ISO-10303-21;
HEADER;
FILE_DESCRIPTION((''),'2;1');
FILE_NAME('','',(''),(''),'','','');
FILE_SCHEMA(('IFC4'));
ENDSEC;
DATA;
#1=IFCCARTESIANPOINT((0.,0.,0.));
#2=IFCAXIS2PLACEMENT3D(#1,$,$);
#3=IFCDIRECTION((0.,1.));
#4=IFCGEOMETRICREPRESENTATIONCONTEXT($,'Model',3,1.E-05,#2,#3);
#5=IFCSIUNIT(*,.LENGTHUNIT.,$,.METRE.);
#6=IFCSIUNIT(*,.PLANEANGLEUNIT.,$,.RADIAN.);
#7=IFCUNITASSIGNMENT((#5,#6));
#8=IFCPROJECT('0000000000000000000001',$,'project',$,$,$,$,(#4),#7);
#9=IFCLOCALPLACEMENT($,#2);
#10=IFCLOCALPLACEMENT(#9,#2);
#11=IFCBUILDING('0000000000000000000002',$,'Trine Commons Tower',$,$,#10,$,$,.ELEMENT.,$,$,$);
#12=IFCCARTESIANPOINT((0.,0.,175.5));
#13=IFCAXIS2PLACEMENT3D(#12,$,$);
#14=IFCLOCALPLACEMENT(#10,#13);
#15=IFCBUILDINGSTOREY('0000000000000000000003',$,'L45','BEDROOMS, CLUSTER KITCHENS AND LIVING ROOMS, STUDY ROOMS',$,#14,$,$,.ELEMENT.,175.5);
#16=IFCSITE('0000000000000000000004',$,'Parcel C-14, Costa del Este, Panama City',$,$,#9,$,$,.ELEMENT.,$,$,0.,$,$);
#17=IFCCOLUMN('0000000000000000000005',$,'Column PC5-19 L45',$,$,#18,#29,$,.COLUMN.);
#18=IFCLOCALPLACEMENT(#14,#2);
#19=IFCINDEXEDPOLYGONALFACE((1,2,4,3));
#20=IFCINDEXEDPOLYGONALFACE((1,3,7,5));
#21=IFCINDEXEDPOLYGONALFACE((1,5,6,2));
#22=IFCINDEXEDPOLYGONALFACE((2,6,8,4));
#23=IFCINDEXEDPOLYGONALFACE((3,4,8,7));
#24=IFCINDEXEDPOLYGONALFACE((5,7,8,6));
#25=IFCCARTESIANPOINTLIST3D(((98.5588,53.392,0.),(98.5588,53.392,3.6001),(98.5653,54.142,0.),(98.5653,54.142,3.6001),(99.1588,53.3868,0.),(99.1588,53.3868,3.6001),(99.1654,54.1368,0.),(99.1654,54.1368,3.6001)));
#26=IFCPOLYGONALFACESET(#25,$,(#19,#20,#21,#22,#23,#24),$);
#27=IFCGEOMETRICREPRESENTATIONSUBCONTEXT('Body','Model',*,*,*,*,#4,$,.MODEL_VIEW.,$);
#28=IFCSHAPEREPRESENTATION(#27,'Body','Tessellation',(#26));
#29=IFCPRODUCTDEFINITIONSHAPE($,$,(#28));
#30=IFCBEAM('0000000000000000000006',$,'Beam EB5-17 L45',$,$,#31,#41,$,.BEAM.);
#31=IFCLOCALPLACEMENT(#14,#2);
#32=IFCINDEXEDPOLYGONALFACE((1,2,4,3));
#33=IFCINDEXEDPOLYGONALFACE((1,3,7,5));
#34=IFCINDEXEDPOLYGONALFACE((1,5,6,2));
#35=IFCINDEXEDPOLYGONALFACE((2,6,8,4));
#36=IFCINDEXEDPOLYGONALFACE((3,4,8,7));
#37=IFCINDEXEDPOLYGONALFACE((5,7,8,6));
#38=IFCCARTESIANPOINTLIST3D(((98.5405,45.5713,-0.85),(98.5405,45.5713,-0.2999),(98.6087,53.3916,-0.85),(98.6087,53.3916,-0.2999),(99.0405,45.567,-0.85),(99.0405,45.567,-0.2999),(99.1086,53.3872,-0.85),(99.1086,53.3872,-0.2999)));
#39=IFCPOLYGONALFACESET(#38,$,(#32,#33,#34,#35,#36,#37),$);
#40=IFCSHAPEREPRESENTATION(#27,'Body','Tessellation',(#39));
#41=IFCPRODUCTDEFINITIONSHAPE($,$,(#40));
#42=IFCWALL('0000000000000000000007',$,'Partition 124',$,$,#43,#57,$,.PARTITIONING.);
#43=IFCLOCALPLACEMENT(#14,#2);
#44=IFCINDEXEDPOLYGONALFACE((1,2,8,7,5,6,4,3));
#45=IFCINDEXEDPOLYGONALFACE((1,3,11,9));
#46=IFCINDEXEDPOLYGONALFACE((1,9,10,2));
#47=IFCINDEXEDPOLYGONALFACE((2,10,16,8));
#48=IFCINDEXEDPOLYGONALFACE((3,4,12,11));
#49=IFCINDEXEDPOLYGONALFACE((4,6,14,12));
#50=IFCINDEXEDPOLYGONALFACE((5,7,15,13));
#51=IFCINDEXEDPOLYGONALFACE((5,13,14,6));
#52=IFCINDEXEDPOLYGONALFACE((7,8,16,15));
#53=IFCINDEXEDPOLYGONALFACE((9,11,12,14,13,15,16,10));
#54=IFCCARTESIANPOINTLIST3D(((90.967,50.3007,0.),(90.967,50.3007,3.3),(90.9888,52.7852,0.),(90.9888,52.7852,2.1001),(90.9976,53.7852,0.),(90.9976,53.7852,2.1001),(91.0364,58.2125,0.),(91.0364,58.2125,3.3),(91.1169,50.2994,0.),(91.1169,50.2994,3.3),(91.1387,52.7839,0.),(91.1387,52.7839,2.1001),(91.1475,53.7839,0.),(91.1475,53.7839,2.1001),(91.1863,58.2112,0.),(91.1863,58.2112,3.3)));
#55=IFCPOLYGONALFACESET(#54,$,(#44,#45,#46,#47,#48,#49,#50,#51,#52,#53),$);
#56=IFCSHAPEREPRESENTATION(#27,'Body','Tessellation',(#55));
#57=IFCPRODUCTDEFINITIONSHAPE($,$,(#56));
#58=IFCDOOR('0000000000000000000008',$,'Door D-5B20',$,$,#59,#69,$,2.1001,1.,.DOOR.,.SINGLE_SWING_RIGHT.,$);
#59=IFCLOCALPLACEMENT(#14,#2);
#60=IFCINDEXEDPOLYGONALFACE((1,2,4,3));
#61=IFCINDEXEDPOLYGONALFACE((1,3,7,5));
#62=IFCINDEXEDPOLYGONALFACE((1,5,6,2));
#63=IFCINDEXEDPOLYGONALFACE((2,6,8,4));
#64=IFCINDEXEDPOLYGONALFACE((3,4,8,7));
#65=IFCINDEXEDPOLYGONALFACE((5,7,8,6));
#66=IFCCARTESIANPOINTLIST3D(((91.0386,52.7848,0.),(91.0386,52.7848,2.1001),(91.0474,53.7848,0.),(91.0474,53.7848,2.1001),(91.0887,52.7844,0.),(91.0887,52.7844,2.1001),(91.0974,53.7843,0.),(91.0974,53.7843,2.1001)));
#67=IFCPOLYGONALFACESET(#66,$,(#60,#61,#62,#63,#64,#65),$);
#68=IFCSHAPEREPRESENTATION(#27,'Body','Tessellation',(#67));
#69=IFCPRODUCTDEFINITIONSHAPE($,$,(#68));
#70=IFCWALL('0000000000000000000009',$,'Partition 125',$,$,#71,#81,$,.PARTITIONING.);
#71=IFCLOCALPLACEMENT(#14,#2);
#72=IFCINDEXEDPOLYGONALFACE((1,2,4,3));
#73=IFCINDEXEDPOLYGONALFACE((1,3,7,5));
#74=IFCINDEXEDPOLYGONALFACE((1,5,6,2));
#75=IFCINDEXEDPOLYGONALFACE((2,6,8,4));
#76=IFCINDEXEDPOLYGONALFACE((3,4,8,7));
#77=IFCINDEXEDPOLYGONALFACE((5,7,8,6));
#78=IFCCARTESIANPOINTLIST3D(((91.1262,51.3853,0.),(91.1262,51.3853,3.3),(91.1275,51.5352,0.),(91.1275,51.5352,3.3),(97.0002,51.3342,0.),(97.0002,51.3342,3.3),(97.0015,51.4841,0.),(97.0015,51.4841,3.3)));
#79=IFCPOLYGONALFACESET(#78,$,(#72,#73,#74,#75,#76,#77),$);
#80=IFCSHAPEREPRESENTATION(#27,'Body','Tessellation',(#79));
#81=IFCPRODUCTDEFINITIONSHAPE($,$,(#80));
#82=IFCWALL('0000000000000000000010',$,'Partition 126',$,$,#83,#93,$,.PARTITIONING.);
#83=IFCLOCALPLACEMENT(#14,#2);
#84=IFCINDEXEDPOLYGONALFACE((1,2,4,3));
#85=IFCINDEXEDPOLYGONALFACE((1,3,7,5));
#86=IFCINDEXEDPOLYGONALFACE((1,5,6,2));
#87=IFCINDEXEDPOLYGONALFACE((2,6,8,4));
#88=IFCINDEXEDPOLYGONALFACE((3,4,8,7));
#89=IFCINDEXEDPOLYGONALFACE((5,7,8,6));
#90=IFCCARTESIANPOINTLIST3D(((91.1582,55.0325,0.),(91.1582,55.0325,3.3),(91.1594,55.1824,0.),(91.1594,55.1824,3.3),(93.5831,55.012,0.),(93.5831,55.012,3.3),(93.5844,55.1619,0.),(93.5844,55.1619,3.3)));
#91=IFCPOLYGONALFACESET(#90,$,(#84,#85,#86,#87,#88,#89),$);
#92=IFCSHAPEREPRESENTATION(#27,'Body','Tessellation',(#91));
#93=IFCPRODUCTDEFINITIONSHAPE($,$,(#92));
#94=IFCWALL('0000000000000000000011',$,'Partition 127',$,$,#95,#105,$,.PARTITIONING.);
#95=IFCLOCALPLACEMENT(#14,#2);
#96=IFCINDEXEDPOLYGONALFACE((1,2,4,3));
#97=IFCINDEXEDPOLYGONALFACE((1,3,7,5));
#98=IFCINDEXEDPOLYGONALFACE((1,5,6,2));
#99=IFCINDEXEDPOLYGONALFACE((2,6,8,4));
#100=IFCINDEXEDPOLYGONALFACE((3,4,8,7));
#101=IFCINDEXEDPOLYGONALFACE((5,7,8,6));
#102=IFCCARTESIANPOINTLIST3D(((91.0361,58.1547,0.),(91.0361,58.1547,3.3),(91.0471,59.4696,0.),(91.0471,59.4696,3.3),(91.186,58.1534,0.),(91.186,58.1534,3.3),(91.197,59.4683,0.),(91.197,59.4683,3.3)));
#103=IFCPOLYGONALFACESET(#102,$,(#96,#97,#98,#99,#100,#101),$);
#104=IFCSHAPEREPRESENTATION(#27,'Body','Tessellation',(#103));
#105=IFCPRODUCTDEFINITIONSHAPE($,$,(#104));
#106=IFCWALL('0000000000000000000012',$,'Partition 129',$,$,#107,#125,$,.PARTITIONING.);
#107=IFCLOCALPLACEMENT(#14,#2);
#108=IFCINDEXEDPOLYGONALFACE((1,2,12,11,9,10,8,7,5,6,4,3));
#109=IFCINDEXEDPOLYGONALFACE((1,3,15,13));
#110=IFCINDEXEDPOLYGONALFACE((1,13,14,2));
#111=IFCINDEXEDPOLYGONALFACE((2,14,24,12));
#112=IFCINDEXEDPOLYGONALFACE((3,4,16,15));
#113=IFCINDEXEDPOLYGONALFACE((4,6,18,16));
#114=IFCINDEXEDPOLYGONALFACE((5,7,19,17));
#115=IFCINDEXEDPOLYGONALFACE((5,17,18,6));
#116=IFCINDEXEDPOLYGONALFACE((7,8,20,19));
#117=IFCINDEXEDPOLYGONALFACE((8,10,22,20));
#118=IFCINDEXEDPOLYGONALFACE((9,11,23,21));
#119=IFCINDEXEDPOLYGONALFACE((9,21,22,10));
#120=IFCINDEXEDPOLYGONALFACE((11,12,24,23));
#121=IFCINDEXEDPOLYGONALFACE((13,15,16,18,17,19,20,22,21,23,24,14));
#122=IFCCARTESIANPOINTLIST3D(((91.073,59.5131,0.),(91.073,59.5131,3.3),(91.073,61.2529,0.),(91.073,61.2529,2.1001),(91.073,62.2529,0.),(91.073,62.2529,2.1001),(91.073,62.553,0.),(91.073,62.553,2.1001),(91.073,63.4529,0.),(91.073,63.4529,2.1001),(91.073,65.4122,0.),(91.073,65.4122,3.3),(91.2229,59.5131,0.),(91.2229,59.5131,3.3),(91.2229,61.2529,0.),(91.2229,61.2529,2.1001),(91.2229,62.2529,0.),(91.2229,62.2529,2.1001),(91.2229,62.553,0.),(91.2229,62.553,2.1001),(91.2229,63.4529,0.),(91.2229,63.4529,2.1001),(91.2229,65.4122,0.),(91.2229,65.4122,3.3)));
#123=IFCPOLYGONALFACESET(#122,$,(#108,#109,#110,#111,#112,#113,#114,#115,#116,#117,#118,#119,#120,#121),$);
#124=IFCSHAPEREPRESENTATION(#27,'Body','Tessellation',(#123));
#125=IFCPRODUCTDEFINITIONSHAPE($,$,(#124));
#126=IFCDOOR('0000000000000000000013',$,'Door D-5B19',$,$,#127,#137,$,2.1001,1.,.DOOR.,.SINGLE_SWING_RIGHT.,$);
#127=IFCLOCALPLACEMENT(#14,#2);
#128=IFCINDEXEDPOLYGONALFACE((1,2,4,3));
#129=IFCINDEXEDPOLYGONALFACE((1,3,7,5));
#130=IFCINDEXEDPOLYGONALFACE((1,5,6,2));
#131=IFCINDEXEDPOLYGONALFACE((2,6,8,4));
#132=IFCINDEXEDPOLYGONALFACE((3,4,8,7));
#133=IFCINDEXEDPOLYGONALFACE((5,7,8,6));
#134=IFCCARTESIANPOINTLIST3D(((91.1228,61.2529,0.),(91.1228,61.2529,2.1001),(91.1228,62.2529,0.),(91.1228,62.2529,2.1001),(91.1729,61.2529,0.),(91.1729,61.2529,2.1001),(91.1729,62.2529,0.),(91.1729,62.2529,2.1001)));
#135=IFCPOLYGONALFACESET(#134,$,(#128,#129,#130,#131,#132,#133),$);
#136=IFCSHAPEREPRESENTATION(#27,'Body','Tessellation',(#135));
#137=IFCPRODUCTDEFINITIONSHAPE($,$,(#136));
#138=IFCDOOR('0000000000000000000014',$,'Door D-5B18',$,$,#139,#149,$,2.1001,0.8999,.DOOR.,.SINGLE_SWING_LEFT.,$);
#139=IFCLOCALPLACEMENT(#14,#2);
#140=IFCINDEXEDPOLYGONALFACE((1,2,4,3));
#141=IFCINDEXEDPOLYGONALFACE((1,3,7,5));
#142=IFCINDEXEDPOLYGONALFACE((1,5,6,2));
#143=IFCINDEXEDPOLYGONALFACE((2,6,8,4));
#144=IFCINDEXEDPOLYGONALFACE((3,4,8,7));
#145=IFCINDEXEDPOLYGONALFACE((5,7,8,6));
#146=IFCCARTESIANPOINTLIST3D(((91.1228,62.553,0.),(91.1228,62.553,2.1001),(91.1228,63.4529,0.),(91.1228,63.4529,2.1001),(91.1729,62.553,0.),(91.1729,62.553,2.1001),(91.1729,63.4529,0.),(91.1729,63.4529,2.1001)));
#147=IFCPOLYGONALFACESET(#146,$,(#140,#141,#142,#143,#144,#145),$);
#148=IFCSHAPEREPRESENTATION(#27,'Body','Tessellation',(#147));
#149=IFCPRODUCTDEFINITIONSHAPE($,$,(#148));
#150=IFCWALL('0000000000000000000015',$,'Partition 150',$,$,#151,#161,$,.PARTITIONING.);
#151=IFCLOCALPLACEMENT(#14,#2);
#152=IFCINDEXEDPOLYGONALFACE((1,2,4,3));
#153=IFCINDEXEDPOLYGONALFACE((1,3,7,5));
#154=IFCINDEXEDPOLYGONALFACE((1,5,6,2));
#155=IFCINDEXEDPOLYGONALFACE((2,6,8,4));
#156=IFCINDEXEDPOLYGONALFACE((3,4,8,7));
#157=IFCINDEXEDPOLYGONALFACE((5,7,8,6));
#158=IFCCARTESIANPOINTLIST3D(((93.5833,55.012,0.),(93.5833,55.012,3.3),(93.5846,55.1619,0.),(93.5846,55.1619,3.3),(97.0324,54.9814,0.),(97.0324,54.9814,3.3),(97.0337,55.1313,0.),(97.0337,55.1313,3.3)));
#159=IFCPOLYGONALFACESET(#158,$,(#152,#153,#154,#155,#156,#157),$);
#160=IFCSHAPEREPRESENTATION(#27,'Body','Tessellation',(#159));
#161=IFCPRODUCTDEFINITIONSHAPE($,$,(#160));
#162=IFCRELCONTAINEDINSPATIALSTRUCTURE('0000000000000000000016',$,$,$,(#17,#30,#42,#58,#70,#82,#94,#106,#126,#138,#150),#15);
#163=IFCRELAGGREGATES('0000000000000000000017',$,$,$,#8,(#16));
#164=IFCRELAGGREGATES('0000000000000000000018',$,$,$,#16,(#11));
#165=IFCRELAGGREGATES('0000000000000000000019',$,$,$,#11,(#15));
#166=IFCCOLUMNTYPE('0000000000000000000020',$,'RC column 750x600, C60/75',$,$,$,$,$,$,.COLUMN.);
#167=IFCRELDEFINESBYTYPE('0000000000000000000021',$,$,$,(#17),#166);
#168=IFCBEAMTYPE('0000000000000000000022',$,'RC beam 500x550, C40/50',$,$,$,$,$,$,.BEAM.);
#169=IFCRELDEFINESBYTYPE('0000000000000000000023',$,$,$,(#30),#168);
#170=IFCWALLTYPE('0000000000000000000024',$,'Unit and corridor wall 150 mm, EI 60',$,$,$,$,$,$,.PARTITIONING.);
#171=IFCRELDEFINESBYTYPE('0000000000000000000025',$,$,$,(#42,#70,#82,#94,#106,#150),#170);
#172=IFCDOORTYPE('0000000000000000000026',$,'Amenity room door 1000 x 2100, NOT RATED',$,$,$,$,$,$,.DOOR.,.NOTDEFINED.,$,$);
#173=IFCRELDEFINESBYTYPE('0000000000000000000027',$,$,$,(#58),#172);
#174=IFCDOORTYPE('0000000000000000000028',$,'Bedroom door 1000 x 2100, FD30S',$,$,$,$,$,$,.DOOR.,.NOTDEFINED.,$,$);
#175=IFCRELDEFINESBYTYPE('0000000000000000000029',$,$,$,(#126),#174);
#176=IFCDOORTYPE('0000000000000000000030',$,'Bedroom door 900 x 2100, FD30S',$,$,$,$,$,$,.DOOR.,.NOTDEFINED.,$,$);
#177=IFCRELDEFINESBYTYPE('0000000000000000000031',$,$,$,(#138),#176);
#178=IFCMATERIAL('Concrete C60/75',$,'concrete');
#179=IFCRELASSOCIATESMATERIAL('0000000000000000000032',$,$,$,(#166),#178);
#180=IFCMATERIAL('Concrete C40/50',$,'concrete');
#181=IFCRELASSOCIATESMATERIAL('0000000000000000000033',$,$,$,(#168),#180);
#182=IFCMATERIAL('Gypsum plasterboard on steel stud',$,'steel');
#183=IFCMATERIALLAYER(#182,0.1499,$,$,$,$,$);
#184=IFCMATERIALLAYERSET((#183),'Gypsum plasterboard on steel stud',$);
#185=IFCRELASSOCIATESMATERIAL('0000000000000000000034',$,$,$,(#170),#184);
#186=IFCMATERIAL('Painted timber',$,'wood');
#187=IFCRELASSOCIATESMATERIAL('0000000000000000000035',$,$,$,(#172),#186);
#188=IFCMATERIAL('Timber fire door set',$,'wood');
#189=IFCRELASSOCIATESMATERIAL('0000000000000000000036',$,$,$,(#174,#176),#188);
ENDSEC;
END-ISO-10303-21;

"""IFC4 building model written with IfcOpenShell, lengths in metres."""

from ifc_helpers import new_model, si_unit, direction, frame, frame_2d, origin, origin_2d, place, context, subcontext, project, spatial, rectangle, extrude, material, layer, layer_set, material_profile, profile_set, type_object, element, fill, save


model = new_model("IFC4")

# Units and contexts
model_context = context("Model", 3, precision=1e-05, world=origin(), true_north=direction((0.0, 1.0)))
body_context = subcontext(model_context, "Body", "Model", "MODEL_VIEW")
ifc_project = project(units=[si_unit("LENGTHUNIT", "METRE"), si_unit("PLANEANGLEUNIT", "RADIAN")], contexts=[model_context])

# Site, building, storey
site_placement = place(None, origin())
site = spatial("IfcSite", under=ifc_project, at=site_placement, Name="Parcel C-14, Costa del Este, Panama City", CompositionType="ELEMENT", RefElevation=0.0)
building_placement = place(site_placement, origin())
building = spatial("IfcBuilding", under=site, at=building_placement, Name="Trine Commons Tower", CompositionType="ELEMENT")
storey_placement = place(building_placement, frame((0.0, 0.0, 175.5)))
storey = spatial("IfcBuildingStorey", under=building, at=storey_placement, Name="L45", Description="BEDROOMS, CLUSTER KITCHENS AND LIVING ROOMS, STUDY ROOMS", CompositionType="ELEMENT", Elevation=175.5)

# Column
ifc_material_1 = material(Name="Concrete C60/75", Category="concrete")
ifc_material_profile_1 = material_profile(ifc_material_1, rectangle(XDim=0.75, YDim=0.6001, at=origin_2d()), Name="RC 750x600")
ifc_profile_set_1 = profile_set([ifc_material_profile_1], Name="Concrete C60/75")
column_type = type_object("IfcColumnType", Name="RC column 750x600, C60/75", PredefinedType="COLUMN", material=ifc_profile_set_1)
column_placement = place(storey_placement, frame((98.8621, 53.7644, 0.0), z_axis=(0.0, 0.0, 1.0), x_axis=(0.008727, 0.999962, 0.0)))
element("IfcColumn", 1, at=column_placement, inside=storey, type_object=column_type, Name="Column PC5-19 L45", PredefinedType="COLUMN", context=body_context, shape_type="SweptSolid", body=[
    extrude(rectangle(XDim=0.75, YDim=0.6001, at=origin_2d()), origin(), (0.0, 0.0, 1.0), 3.6001),
])

# Beam
ifc_material_2 = material(Name="Concrete C40/50", Category="concrete")
ifc_material_profile_2 = material_profile(ifc_material_2, rectangle(XDim=0.5, YDim=0.55, at=origin_2d()), Name="RC 500x550")
ifc_profile_set_2 = profile_set([ifc_material_profile_2], Name="Concrete C40/50")
beam_type = type_object("IfcBeamType", Name="RC beam 500x550, C40/50", PredefinedType="BEAM", material=ifc_profile_set_2)
beam_placement = place(storey_placement, frame((98.8586, 53.3894, -0.575), z_axis=(-0.00871, -0.999962, 0.0), x_axis=(0.999962, -0.00871, 0.0)))
element("IfcBeam", 2, at=beam_placement, inside=storey, type_object=beam_type, Name="Beam EB5-17 L45", PredefinedType="BEAM", context=body_context, shape_type="SweptSolid", body=[
    extrude(rectangle(XDim=0.5, YDim=0.55, at=origin_2d()), origin(), (0.0, 0.0, 1.0), 7.8206),
])

# Wall, opening, door
ifc_material_3 = material(Name="Gypsum plasterboard on steel stud", Category="steel")
ifc_layer_1 = layer(ifc_material_3, 0.1499)
ifc_layer_set_1 = layer_set([ifc_layer_1], Name="Gypsum plasterboard on steel stud")
wall_type_1 = type_object("IfcWallType", Name="Unit and corridor wall 150 mm, EI 60", PredefinedType="PARTITIONING", material=ifc_layer_set_1)
wall_1_placement = place(storey_placement, frame((91.042, 50.3, 0.0), z_axis=(0.0, 0.0, 1.0), x_axis=(0.008763, 0.999962, 0.0)))
wall_1 = element("IfcWall", 3, at=wall_1_placement, inside=storey, type_object=wall_type_1, Name="Partition 124", PredefinedType="PARTITIONING", context=body_context, shape_type="SweptSolid", body=[
    extrude(rectangle(XDim=7.9121, YDim=0.1499, at=frame_2d((3.9561, 0.0))), origin(), (0.0, 0.0, 1.0), 3.3),
])
opening_1_placement = place(wall_1_placement, frame((2.4846, 0.0, 0.0)))
opening_1 = element("IfcOpeningElement", 4, at=opening_1_placement, cuts=wall_1, PredefinedType="OPENING", context=body_context, shape_type="SweptSolid", body=[
    extrude(rectangle(XDim=1.0, YDim=2.1001, at=frame_2d((0.5, 1.05))), frame((0.0, 0.085, 0.0), z_axis=(0.0, -1.0, 0.0), x_axis=(1.0, 0.0, 0.0)), (0.0, 0.0, 1.0), 0.1699),
])
ifc_material_4 = material(Name="Painted timber", Category="wood")
door_type_1 = type_object("IfcDoorType", Name="Amenity room door 1000 x 2100, NOT RATED", OperationType="NOTDEFINED", PredefinedType="DOOR", material=ifc_material_4)
door_1_placement = place(opening_1_placement, frame((1.0, 0.0, 0.0), z_axis=(0.0, 0.0, 1.0), x_axis=(-1.0, 0.0, 0.0)))
door_1 = element("IfcDoor", 5, at=door_1_placement, inside=storey, type_object=door_type_1, Name="Door D-5B20", OperationType="SINGLE_SWING_RIGHT", OverallHeight=2.1001, OverallWidth=1.0, PredefinedType="DOOR", context=body_context, shape_type="SweptSolid", body=[
    extrude(rectangle(XDim=1.0, YDim=2.1001, at=frame_2d((0.5, 1.05))), frame((0.0, 0.0249, 0.0), z_axis=(0.0, -1.0, 0.0), x_axis=(1.0, 0.0, 0.0)), (0.0, 0.0, 1.0), 0.05),
])
fill(opening_1, door_1)

# Walls
wall_2_placement = place(storey_placement, frame((91.127, 51.4602, 0.0), z_axis=(0.0, 0.0, 1.0), x_axis=(0.999962, -0.008686, 0.0)))
element("IfcWall", 6, at=wall_2_placement, inside=storey, type_object=wall_type_1, Name="Partition 125", PredefinedType="PARTITIONING", context=body_context, shape_type="SweptSolid", body=[
    extrude(rectangle(XDim=5.8743, YDim=0.1499, at=frame_2d((2.937, 0.0))), origin(), (0.0, 0.0, 1.0), 3.3),
])
wall_3_placement = place(storey_placement, frame((91.1589, 55.1074, 0.0), z_axis=(0.0, 0.0, 1.0), x_axis=(0.999964, -0.008456, 0.0)))
element("IfcWall", 7, at=wall_3_placement, inside=storey, type_object=wall_type_1, Name="Partition 126", PredefinedType="PARTITIONING", context=body_context, shape_type="SweptSolid", body=[
    extrude(rectangle(XDim=2.425, YDim=0.1499, at=frame_2d((1.2124, 0.0))), origin(), (0.0, 0.0, 1.0), 3.3),
])
wall_4_placement = place(storey_placement, frame((91.1111, 58.1541, 0.0), z_axis=(0.0, 0.0, 1.0), x_axis=(0.008355, 0.999965, 0.0)))
element("IfcWall", 8, at=wall_4_placement, inside=storey, type_object=wall_type_1, Name="Partition 127", PredefinedType="PARTITIONING", context=body_context, shape_type="SweptSolid", body=[
    extrude(rectangle(XDim=1.3149, YDim=0.1499, at=frame_2d((0.6575, 0.0))), origin(), (0.0, 0.0, 1.0), 3.3),
])

# Wall, openings, doors
wall_5_placement = place(storey_placement, frame((91.1479, 59.5129, 0.0), z_axis=(0.0, 0.0, 1.0), x_axis=(0.0, 1.0, 0.0)))
wall_5 = element("IfcWall", 9, at=wall_5_placement, inside=storey, type_object=wall_type_1, Name="Partition 129", PredefinedType="PARTITIONING", context=body_context, shape_type="SweptSolid", body=[
    extrude(rectangle(XDim=5.8992, YDim=0.1499, at=frame_2d((2.9497, 0.0))), origin(), (0.0, 0.0, 1.0), 3.3),
])
opening_2_placement = place(wall_5_placement, frame((3.04, 0.0, 0.0)))
opening_2 = element("IfcOpeningElement", 10, at=opening_2_placement, cuts=wall_5, PredefinedType="OPENING", context=body_context, shape_type="SweptSolid", body=[
    extrude(rectangle(XDim=0.8999, YDim=2.1001, at=frame_2d((0.45, 1.05))), frame((0.0, 0.085, 0.0), z_axis=(0.0, -1.0, 0.0), x_axis=(1.0, 0.0, 0.0)), (0.0, 0.0, 1.0), 0.1699),
])
opening_3_placement = place(wall_5_placement, frame((1.74, 0.0, 0.0)))
opening_3 = element("IfcOpeningElement", 11, at=opening_3_placement, cuts=wall_5, PredefinedType="OPENING", context=body_context, shape_type="SweptSolid", body=[
    extrude(rectangle(XDim=1.0, YDim=2.1001, at=frame_2d((0.5, 1.05))), frame((0.0, 0.085, 0.0), z_axis=(0.0, -1.0, 0.0), x_axis=(1.0, 0.0, 0.0)), (0.0, 0.0, 1.0), 0.1699),
])
ifc_material_5 = material(Name="Timber fire door set", Category="wood")
door_type_2 = type_object("IfcDoorType", Name="Bedroom door 1000 x 2100, FD30S", OperationType="NOTDEFINED", PredefinedType="DOOR", material=ifc_material_5)
door_2_placement = place(opening_3_placement, frame((1.0, 0.0, 0.0), z_axis=(0.0, 0.0, 1.0), x_axis=(-1.0, 0.0, 0.0)))
door_2 = element("IfcDoor", 12, at=door_2_placement, inside=storey, type_object=door_type_2, Name="Door D-5B19", OperationType="SINGLE_SWING_RIGHT", OverallHeight=2.1001, OverallWidth=1.0, PredefinedType="DOOR", context=body_context, shape_type="SweptSolid", body=[
    extrude(rectangle(XDim=1.0, YDim=2.1001, at=frame_2d((0.5, 1.05))), frame((0.0, 0.0249, 0.0), z_axis=(0.0, -1.0, 0.0), x_axis=(1.0, 0.0, 0.0)), (0.0, 0.0, 1.0), 0.05),
])
fill(opening_3, door_2)
door_type_3 = type_object("IfcDoorType", Name="Bedroom door 900 x 2100, FD30S", OperationType="NOTDEFINED", PredefinedType="DOOR", material=ifc_material_5)
door_3_placement = place(opening_2_placement, frame((0.8999, 0.0, 0.0), z_axis=(0.0, 0.0, 1.0), x_axis=(-1.0, 0.0, 0.0)))
door_3 = element("IfcDoor", 13, at=door_3_placement, inside=storey, type_object=door_type_3, Name="Door D-5B18", OperationType="SINGLE_SWING_LEFT", OverallHeight=2.1001, OverallWidth=0.8999, PredefinedType="DOOR", context=body_context, shape_type="SweptSolid", body=[
    extrude(rectangle(XDim=0.8999, YDim=2.1001, at=frame_2d((0.45, 1.05))), frame((0.0, 0.0249, 0.0), z_axis=(0.0, -1.0, 0.0), x_axis=(1.0, 0.0, 0.0)), (0.0, 0.0, 1.0), 0.05),
])
fill(opening_2, door_3)

# Wall
wall_6_placement = place(storey_placement, frame((93.584, 55.0869, 0.0), z_axis=(0.0, 0.0, 1.0), x_axis=(0.999961, -0.008848, 0.0)))
element("IfcWall", 14, at=wall_6_placement, inside=storey, type_object=wall_type_1, Name="Partition 150", PredefinedType="PARTITIONING", context=body_context, shape_type="SweptSolid", body=[
    extrude(rectangle(XDim=3.4492, YDim=0.1499, at=frame_2d((1.7246, 0.0))), origin(), (0.0, 0.0, 1.0), 3.3),
])

save(model, "model.ifc")
